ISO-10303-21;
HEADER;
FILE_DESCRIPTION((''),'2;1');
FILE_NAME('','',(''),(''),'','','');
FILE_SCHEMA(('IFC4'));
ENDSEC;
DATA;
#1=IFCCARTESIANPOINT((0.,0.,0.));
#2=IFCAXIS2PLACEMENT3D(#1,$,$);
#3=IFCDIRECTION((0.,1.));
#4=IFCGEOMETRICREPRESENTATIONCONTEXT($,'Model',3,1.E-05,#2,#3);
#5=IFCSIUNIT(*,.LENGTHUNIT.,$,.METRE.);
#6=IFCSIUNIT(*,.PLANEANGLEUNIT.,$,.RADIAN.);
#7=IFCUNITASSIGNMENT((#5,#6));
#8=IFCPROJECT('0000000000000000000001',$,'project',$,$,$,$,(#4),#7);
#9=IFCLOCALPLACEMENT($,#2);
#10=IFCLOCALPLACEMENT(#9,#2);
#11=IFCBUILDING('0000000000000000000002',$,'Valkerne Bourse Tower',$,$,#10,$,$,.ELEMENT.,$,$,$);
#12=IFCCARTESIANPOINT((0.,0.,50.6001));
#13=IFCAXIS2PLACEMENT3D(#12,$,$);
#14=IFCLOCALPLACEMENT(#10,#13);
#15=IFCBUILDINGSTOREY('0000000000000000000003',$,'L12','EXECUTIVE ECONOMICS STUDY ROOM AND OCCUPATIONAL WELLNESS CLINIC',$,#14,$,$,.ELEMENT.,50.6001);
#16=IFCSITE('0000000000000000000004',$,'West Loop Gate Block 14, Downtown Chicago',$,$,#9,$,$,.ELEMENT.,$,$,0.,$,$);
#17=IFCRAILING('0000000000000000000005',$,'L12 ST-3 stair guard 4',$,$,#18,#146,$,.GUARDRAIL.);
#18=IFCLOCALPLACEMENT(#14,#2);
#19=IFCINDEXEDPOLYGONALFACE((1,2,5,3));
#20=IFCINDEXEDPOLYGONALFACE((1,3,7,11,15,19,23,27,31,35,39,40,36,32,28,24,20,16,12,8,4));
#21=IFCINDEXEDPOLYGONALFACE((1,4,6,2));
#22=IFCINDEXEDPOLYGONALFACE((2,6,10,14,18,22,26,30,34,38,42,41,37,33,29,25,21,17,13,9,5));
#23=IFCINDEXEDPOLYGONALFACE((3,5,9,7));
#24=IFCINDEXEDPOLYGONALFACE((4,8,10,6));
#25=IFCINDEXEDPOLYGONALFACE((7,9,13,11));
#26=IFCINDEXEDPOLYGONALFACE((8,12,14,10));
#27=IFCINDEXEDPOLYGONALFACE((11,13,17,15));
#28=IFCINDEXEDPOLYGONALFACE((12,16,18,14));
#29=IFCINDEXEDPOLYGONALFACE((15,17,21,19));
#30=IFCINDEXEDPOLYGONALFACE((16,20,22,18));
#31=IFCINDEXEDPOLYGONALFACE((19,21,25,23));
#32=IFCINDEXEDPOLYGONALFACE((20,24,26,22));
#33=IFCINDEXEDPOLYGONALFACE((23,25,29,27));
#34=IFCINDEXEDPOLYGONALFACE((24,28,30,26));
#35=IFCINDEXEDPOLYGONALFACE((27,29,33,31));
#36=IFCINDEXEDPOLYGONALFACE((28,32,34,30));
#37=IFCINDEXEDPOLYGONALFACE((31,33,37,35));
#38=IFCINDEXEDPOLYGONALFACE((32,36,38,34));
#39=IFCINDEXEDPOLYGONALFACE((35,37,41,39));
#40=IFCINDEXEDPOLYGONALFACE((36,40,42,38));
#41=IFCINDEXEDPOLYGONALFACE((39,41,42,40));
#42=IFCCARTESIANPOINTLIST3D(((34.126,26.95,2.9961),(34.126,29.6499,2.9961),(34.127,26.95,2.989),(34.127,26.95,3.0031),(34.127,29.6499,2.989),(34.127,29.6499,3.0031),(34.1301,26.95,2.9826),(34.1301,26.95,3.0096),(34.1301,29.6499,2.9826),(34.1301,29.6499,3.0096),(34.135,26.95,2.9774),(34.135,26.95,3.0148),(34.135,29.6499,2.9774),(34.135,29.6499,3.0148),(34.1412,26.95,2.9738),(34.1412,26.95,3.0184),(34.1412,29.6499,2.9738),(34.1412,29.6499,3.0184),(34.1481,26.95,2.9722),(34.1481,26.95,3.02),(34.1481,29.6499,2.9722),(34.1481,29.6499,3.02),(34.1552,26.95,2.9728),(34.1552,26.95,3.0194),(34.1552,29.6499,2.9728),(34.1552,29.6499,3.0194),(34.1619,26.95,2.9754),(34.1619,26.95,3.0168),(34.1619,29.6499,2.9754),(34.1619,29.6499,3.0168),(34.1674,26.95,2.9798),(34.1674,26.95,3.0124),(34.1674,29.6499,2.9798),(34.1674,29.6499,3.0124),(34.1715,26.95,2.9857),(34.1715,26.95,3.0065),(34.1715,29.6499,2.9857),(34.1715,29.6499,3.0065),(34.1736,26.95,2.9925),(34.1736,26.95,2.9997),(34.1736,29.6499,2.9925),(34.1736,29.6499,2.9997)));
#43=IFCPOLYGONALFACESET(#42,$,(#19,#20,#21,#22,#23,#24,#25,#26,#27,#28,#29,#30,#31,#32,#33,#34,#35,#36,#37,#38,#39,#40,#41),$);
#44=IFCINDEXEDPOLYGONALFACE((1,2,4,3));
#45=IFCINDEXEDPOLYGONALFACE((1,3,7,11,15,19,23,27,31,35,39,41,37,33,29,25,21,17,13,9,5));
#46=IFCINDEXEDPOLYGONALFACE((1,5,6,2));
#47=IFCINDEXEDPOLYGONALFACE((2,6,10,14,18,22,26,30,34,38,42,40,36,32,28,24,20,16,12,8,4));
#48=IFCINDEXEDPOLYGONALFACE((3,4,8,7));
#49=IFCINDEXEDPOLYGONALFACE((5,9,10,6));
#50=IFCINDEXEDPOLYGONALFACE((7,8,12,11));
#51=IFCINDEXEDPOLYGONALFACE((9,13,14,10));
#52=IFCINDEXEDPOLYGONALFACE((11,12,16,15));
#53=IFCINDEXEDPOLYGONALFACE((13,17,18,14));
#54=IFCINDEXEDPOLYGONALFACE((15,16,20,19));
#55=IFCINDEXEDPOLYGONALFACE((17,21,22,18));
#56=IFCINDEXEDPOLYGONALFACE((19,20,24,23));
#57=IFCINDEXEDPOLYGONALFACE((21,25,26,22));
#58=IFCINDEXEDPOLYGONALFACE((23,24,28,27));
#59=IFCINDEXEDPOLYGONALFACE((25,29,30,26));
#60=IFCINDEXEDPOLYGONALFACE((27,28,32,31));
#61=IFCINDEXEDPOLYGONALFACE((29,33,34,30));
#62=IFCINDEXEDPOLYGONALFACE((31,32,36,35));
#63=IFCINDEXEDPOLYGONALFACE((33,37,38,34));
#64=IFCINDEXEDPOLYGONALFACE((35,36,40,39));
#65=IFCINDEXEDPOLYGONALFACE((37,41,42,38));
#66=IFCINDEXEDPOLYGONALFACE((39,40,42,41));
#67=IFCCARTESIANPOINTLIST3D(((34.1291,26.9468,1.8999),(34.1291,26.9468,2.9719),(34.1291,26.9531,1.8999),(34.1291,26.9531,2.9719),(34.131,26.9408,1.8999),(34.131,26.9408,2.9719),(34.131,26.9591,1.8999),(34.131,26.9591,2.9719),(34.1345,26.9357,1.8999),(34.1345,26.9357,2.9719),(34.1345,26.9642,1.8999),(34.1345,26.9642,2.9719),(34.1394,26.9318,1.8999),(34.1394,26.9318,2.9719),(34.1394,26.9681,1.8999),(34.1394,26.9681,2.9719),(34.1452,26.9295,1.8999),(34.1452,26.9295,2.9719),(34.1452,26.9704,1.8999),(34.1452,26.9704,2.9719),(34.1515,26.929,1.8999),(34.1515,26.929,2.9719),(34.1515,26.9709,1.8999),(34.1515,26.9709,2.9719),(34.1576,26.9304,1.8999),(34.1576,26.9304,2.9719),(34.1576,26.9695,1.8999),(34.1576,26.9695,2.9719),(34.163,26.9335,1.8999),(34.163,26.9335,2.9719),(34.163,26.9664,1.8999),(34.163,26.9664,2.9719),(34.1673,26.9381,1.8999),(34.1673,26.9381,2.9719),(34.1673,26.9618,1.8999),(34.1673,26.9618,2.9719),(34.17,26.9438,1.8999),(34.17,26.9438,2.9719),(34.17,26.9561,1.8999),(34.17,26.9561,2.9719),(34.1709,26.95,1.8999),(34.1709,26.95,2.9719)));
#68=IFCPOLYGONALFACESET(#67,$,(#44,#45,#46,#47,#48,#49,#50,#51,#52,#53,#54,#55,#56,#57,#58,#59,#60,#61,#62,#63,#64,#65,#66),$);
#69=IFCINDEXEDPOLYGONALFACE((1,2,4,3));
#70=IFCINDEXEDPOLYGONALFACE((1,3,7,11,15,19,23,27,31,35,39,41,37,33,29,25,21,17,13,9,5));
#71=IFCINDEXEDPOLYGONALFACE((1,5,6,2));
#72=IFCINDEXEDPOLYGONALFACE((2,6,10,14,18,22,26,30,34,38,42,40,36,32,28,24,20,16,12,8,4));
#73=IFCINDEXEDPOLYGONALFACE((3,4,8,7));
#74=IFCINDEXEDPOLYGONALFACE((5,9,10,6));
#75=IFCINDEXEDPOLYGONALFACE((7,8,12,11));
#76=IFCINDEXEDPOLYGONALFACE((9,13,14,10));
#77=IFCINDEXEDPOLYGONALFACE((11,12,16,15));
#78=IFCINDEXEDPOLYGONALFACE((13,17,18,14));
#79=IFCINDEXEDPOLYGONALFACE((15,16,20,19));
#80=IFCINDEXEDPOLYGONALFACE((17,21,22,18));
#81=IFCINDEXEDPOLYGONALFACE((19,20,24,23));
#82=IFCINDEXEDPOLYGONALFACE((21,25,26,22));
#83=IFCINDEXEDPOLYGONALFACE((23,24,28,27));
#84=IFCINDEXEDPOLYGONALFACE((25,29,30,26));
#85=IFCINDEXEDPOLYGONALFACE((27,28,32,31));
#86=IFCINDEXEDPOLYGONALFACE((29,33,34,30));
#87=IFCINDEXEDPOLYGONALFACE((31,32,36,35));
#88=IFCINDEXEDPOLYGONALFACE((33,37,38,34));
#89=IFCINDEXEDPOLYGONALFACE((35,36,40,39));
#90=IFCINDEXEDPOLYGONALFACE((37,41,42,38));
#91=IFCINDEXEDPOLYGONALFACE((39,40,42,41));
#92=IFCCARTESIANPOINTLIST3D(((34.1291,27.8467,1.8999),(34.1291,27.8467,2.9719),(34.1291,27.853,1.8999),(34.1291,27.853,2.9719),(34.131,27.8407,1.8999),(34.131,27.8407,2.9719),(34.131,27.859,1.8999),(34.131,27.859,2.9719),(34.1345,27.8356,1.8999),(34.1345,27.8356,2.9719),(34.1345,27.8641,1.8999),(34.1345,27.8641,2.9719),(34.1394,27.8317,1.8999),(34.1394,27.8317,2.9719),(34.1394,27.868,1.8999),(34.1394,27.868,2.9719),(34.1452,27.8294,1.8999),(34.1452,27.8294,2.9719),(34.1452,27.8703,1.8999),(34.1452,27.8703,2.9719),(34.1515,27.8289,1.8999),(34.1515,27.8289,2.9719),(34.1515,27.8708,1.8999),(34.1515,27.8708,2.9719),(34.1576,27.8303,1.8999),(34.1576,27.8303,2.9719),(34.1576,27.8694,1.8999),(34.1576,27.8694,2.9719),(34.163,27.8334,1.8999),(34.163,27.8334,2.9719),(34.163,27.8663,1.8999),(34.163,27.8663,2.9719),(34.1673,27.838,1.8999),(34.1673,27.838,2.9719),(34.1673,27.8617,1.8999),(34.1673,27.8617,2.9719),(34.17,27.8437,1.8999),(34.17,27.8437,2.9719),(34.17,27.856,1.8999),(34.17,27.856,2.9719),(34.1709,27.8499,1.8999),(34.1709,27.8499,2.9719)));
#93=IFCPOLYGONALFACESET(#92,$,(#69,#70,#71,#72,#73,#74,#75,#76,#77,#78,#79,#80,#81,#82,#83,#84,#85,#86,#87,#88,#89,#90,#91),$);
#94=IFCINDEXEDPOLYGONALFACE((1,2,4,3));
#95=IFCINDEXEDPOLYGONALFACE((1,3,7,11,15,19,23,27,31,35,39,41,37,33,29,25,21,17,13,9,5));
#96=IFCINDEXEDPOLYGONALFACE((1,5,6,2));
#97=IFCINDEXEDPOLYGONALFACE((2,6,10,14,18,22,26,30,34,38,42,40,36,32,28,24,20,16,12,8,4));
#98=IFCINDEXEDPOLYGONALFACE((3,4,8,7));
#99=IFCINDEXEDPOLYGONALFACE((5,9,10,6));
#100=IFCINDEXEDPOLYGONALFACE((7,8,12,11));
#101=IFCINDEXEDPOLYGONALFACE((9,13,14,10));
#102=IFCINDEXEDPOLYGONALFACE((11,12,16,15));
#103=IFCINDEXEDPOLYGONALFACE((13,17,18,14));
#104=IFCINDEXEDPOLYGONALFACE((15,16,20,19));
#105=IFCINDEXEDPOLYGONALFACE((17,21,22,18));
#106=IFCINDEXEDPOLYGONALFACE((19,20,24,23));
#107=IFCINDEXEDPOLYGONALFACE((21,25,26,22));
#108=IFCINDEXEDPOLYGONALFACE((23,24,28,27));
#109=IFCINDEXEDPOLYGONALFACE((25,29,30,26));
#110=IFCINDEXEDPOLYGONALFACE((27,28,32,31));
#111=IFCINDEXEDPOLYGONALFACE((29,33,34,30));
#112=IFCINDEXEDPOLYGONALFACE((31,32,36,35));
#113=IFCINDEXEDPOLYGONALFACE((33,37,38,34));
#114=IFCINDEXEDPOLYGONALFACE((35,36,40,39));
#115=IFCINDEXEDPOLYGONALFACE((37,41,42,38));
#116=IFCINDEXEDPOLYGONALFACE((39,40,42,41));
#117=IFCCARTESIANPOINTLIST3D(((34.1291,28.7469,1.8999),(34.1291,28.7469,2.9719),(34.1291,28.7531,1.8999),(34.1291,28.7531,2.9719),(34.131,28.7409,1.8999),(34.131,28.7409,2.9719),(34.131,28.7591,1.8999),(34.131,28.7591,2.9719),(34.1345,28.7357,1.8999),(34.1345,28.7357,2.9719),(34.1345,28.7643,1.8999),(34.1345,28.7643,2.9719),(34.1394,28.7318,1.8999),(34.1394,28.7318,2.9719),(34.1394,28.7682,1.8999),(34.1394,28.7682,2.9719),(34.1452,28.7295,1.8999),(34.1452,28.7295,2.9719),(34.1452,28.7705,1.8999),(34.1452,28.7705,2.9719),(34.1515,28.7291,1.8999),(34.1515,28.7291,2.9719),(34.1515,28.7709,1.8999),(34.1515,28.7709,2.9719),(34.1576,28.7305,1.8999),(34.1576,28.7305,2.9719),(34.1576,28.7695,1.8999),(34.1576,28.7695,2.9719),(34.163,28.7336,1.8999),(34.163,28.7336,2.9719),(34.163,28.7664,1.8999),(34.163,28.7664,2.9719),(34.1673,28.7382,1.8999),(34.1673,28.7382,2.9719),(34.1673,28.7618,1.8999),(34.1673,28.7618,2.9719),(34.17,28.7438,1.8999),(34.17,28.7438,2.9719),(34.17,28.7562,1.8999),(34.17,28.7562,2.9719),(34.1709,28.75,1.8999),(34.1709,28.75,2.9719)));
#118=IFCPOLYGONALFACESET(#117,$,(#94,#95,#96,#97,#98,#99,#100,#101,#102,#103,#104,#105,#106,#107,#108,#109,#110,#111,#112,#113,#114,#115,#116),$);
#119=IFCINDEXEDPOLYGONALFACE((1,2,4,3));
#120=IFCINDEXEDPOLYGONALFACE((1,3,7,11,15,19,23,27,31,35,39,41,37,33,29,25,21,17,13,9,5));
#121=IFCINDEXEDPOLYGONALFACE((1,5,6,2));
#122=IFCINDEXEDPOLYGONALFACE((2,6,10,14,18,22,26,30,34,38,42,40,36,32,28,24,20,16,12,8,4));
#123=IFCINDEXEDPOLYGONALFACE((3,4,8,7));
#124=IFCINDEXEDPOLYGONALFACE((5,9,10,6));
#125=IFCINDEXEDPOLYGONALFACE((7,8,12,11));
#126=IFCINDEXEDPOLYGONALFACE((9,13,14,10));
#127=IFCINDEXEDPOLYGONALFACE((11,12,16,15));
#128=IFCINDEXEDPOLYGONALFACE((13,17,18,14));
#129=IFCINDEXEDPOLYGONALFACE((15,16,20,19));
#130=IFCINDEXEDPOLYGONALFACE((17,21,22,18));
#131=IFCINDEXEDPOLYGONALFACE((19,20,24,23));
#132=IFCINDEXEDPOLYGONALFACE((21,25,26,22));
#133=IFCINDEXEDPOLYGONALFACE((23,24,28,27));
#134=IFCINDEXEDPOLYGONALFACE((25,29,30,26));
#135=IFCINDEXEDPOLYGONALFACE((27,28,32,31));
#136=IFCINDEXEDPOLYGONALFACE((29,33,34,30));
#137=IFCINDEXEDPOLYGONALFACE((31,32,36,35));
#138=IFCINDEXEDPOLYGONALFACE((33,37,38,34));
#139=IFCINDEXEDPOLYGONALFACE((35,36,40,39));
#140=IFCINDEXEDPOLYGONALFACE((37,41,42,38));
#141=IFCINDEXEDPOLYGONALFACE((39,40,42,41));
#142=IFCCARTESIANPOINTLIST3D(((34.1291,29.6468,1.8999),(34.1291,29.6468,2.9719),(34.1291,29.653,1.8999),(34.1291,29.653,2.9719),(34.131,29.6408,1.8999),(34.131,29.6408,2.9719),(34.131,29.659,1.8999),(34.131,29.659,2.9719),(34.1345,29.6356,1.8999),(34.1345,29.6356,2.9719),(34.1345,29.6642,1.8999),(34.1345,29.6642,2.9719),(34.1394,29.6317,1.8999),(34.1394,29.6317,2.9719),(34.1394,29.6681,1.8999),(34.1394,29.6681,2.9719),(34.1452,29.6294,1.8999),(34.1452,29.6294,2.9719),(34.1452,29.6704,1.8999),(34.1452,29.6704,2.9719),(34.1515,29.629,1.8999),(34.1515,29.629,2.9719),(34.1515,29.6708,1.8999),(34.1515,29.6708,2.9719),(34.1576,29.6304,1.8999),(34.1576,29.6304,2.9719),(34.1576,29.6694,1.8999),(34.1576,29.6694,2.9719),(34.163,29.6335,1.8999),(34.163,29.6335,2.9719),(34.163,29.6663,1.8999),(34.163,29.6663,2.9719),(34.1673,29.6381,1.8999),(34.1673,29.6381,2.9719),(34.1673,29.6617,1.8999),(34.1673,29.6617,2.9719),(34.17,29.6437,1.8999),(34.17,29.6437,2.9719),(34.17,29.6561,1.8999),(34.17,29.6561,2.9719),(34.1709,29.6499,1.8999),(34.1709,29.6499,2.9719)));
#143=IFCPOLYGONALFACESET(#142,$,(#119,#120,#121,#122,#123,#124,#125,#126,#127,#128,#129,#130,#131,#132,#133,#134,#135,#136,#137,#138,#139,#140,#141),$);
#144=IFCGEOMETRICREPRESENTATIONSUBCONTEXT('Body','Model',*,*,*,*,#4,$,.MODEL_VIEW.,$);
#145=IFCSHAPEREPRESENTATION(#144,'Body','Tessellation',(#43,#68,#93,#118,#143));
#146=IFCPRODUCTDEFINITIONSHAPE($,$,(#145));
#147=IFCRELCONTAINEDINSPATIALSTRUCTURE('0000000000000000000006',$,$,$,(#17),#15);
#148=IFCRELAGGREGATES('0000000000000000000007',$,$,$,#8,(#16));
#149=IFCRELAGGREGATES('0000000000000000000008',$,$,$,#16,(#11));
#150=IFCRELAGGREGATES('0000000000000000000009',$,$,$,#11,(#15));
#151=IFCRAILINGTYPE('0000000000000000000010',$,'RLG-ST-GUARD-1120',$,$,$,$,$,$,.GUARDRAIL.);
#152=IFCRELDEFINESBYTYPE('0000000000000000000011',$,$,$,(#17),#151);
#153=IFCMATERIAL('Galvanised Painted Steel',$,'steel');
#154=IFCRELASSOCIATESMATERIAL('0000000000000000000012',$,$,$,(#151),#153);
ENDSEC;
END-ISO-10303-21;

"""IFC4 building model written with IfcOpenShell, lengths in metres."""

from ifc_helpers import new_model, si_unit, direction, frame, origin, origin_2d, place, context, subcontext, project, spatial, circle, extrude, material, type_object, element, save


model = new_model("IFC4")

# Units and contexts
model_context = context("Model", 3, precision=1e-05, world=origin(), true_north=direction((0.0, 1.0)))
body_context = subcontext(model_context, "Body", "Model", "MODEL_VIEW")
ifc_project = project(units=[si_unit("LENGTHUNIT", "METRE"), si_unit("PLANEANGLEUNIT", "RADIAN")], contexts=[model_context])

# Site, building, storey
site_placement = place(None, origin())
site = spatial("IfcSite", under=ifc_project, at=site_placement, Name="West Loop Gate Block 14, Downtown Chicago", CompositionType="ELEMENT", RefElevation=0.0)
building_placement = place(site_placement, origin())
building = spatial("IfcBuilding", under=site, at=building_placement, Name="Valkerne Bourse Tower", CompositionType="ELEMENT")
storey_placement = place(building_placement, frame((0.0, 0.0, 50.6001)))
storey = spatial("IfcBuildingStorey", under=building, at=storey_placement, Name="L12", Description="EXECUTIVE ECONOMICS STUDY ROOM AND OCCUPATIONAL WELLNESS CLINIC", CompositionType="ELEMENT", Elevation=50.6001)

# Shared definitions
ifc_material_1 = material(Name="Galvanised Painted Steel", Category="steel")

# Railing
railing_type_1 = type_object("IfcRailingType", Name="RLG-ST-GUARD-1120", PredefinedType="GUARDRAIL", material=ifc_material_1)
for number, where, name in (
    (1, (34.1499, 26.95, 1.8999), "L12 ST-3 stair guard 4"),
):
    element("IfcRailing", number, at=place(storey_placement, frame(where)), inside=storey, type_object=railing_type_1, Name=name, PredefinedType="GUARDRAIL", context=body_context, shape_type="SweptSolid", body=[
        extrude(circle(Radius=0.0239, at=origin_2d()), frame((0.0, 0.0, 1.0962), z_axis=(0.0, 1.0, 0.0), x_axis=(-1.0, 0.0, 0.0)), (0.0, 0.0, 1.0), 2.7),
        extrude(circle(Radius=0.021, at=origin_2d()), origin(), (0.0, 0.0, 1.0), 1.072),
        extrude(circle(Radius=0.021, at=origin_2d()), frame((0.0, 0.8999, 0.0)), (0.0, 0.0, 1.0), 1.072),
        extrude(circle(Radius=0.021, at=origin_2d()), frame((0.0, 1.8, 0.0)), (0.0, 0.0, 1.0), 1.072),
        extrude(circle(Radius=0.021, at=origin_2d()), frame((0.0, 2.7, 0.0)), (0.0, 0.0, 1.0), 1.072),
    ])

save(model, "model.ifc")
